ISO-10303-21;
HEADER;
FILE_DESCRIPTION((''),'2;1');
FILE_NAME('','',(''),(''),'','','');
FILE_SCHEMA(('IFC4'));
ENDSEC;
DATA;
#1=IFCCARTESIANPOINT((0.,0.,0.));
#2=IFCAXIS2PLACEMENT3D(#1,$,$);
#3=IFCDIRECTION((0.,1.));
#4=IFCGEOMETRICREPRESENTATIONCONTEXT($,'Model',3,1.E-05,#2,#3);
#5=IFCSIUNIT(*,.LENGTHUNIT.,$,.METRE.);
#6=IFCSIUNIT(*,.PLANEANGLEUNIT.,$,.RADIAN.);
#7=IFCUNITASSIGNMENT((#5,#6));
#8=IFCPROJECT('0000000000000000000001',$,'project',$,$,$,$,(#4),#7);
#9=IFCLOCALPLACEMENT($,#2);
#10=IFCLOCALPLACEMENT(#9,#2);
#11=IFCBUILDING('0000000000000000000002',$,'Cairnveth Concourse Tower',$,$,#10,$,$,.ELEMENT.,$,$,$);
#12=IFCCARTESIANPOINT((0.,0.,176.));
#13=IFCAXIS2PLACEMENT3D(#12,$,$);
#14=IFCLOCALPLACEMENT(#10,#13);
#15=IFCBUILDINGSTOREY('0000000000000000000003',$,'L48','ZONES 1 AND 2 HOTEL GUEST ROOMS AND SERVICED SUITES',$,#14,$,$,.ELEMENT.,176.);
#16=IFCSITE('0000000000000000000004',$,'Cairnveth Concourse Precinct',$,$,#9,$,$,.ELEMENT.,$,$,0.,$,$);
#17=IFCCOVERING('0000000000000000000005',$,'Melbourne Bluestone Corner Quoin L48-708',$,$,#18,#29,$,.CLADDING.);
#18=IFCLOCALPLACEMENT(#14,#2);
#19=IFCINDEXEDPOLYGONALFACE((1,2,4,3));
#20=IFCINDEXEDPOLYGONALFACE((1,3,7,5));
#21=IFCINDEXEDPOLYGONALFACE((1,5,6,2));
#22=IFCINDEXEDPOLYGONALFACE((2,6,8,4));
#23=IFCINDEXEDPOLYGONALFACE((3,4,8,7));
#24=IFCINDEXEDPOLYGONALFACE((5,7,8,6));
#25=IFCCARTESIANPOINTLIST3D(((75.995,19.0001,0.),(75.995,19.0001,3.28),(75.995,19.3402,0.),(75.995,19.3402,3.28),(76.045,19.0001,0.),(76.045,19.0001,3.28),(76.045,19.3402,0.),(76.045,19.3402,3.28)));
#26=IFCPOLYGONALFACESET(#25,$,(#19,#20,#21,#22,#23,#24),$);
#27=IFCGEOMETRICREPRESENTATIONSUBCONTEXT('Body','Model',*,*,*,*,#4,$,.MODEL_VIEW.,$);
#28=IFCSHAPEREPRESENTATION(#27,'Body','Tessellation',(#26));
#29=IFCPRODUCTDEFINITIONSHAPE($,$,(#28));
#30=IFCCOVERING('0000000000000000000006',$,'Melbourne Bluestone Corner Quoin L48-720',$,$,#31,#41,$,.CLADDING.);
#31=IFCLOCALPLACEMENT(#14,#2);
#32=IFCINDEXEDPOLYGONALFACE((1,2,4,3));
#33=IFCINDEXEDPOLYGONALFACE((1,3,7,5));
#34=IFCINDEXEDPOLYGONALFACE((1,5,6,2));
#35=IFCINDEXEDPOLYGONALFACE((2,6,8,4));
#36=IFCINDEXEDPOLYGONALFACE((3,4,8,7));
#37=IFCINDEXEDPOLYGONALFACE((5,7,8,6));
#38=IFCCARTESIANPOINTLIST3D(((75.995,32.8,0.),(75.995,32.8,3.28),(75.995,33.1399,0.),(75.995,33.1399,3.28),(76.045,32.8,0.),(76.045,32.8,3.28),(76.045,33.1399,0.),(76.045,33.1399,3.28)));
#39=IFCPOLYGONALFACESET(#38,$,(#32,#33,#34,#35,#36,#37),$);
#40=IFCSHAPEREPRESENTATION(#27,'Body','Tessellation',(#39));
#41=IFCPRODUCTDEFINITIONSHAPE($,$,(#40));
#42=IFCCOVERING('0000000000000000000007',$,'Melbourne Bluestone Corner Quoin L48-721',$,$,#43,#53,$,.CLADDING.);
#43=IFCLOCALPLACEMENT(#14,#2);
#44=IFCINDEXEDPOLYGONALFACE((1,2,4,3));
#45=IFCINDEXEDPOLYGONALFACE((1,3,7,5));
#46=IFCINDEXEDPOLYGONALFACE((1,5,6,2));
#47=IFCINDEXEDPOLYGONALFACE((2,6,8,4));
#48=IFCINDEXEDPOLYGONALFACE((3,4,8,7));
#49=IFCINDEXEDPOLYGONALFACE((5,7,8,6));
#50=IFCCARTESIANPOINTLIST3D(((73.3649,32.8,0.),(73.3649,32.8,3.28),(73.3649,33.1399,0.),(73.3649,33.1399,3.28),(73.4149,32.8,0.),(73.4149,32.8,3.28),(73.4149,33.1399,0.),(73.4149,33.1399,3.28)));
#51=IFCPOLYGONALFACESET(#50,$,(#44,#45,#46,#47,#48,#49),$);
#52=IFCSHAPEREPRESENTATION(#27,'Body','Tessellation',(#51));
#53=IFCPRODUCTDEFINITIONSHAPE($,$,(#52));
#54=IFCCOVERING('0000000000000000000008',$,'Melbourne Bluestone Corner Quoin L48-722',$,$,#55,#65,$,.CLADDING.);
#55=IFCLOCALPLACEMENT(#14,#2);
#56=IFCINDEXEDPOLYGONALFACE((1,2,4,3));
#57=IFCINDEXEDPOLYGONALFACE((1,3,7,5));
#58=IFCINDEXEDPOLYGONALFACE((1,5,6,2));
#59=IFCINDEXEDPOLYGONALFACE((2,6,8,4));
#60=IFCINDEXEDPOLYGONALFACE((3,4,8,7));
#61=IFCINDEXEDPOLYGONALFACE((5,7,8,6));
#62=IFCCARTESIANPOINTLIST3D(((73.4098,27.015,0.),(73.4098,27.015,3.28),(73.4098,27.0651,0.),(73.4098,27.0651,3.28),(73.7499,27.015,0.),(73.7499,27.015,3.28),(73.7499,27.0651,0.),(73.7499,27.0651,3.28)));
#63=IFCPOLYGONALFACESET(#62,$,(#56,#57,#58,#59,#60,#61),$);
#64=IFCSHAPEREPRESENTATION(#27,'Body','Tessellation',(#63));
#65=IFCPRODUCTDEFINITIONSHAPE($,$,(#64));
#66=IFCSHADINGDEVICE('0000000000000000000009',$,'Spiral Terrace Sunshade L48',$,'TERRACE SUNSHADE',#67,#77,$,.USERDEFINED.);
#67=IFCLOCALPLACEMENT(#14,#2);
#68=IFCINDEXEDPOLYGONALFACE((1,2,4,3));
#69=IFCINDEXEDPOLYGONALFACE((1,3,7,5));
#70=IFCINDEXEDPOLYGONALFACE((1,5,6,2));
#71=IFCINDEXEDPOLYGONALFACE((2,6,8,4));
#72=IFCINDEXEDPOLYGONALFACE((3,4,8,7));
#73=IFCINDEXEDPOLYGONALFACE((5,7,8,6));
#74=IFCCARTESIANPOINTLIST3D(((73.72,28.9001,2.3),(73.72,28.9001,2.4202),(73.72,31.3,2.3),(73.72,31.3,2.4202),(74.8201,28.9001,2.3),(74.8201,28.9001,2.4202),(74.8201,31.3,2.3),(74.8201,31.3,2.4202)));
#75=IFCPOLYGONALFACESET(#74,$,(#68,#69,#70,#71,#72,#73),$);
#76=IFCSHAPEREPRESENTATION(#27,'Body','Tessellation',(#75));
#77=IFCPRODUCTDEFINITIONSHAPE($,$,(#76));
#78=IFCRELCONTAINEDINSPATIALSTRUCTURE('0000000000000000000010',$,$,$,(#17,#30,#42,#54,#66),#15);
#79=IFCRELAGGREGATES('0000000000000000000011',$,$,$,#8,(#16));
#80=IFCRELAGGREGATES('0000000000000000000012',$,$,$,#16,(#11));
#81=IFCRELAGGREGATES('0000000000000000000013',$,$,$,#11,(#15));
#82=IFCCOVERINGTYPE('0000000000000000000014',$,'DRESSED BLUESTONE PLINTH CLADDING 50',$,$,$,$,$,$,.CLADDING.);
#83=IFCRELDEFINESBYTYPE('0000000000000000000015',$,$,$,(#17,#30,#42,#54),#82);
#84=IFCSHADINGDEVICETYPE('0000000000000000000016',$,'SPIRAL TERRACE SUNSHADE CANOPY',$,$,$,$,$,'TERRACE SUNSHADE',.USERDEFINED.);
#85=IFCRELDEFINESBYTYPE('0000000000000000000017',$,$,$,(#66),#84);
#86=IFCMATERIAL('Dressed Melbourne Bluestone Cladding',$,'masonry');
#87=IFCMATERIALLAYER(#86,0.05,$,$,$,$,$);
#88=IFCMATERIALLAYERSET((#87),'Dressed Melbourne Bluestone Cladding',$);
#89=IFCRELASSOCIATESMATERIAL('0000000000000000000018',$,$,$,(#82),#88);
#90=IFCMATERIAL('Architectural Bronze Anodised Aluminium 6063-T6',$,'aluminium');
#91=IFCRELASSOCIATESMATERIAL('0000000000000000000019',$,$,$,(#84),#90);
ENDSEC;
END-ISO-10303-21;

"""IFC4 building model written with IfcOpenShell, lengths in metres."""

from ifc_helpers import new_model, si_unit, direction, frame, frame_2d, origin, origin_2d, place, context, subcontext, project, spatial, rectangle, extrude, material, layer, layer_set, type_object, element, save


model = new_model("IFC4")

# Units and contexts
model_context = context("Model", 3, precision=1e-05, world=origin(), true_north=direction((0.0, 1.0)))
body_context = subcontext(model_context, "Body", "Model", "MODEL_VIEW")
ifc_project = project(units=[si_unit("LENGTHUNIT", "METRE"), si_unit("PLANEANGLEUNIT", "RADIAN")], contexts=[model_context])

# Site, building, storey
site_placement = place(None, origin())
site = spatial("IfcSite", under=ifc_project, at=site_placement, Name="Cairnveth Concourse Precinct", CompositionType="ELEMENT", RefElevation=0.0)
building_placement = place(site_placement, origin())
building = spatial("IfcBuilding", under=site, at=building_placement, Name="Cairnveth Concourse Tower", CompositionType="ELEMENT")
storey_placement = place(building_placement, frame((0.0, 0.0, 176.0)))
storey = spatial("IfcBuildingStorey", under=building, at=storey_placement, Name="L48", Description="ZONES 1 AND 2 HOTEL GUEST ROOMS AND SERVICED SUITES", CompositionType="ELEMENT", Elevation=176.0)

# Shared definitions
ifc_material_1 = material(Name="Dressed Melbourne Bluestone Cladding", Category="masonry")

# Shared definitions
ifc_material_2 = material(Name="Architectural Bronze Anodised Aluminium 6063-T6", Category="aluminium")

# Coverings
ifc_layer_1 = layer(ifc_material_1, 0.05)
ifc_layer_set_1 = layer_set([ifc_layer_1], Name="Dressed Melbourne Bluestone Cladding")
covering_type = type_object("IfcCoveringType", Name="DRESSED BLUESTONE PLINTH CLADDING 50", PredefinedType="CLADDING", material=ifc_layer_set_1)
for number, where, z_axis, x_axis, name in (
    (1, (76.02, 19.3401, 0.0), (0.0, 0.0, 1.0), (0.0, -1.0, 0.0), "Melbourne Bluestone Corner Quoin L48-708"),
):
    element("IfcCovering", number, at=place(storey_placement, frame(where, z_axis=z_axis, x_axis=x_axis)), inside=storey, type_object=covering_type, Name=name, PredefinedType="CLADDING", context=body_context, shape_type="SweptSolid", body=[
        extrude(rectangle(XDim=0.3401, YDim=0.05, at=frame_2d((0.1699, 0.0))), origin(), (0.0, 0.0, 1.0), 3.28),
    ])
for number, where, z_axis, x_axis, name in (
    (2, (76.02, 33.1399, 0.0), (0.0, 0.0, 1.0), (0.0, -1.0, 0.0), "Melbourne Bluestone Corner Quoin L48-720"),
    (3, (73.3899, 33.1399, 0.0), (0.0, 0.0, 1.0), (0.0, -1.0, 0.0), "Melbourne Bluestone Corner Quoin L48-721"),
):
    element("IfcCovering", number, at=place(storey_placement, frame(where, z_axis=z_axis, x_axis=x_axis)), inside=storey, type_object=covering_type, Name=name, PredefinedType="CLADDING", context=body_context, shape_type="SweptSolid", body=[
        extrude(rectangle(XDim=0.3398, YDim=0.05, at=frame_2d((0.1699, 0.0))), origin(), (0.0, 0.0, 1.0), 3.28),
    ])
covering_placement = place(storey_placement, frame((73.4099, 27.04, 0.0), z_axis=(0.0, 0.0, 1.0), x_axis=(1.0, 0.0, 0.0)))
element("IfcCovering", 4, at=covering_placement, inside=storey, type_object=covering_type, Name="Melbourne Bluestone Corner Quoin L48-722", PredefinedType="CLADDING", context=body_context, shape_type="SweptSolid", body=[
    extrude(rectangle(XDim=0.3401, YDim=0.05, at=frame_2d((0.1699, 0.0))), origin(), (0.0, 0.0, 1.0), 3.28),
])

# Shading device
shading_device_type = type_object("IfcShadingDeviceType", Name="SPIRAL TERRACE SUNSHADE CANOPY", ElementType="TERRACE SUNSHADE", PredefinedType="USERDEFINED", material=ifc_material_2)
shading_device_placement = place(storey_placement, frame((74.27, 30.1001, 2.3), z_axis=(0.0, 0.0, 1.0), x_axis=(1.0, 0.0, 0.0)))
element("IfcShadingDevice", 5, at=shading_device_placement, inside=storey, type_object=shading_device_type, Name="Spiral Terrace Sunshade L48", ObjectType="TERRACE SUNSHADE", PredefinedType="USERDEFINED", context=body_context, shape_type="SweptSolid", body=[
    extrude(rectangle(XDim=1.1001, YDim=2.3999, at=origin_2d()), origin(), (0.0, 0.0, 1.0), 0.1201),
])

save(model, "model.ifc")
